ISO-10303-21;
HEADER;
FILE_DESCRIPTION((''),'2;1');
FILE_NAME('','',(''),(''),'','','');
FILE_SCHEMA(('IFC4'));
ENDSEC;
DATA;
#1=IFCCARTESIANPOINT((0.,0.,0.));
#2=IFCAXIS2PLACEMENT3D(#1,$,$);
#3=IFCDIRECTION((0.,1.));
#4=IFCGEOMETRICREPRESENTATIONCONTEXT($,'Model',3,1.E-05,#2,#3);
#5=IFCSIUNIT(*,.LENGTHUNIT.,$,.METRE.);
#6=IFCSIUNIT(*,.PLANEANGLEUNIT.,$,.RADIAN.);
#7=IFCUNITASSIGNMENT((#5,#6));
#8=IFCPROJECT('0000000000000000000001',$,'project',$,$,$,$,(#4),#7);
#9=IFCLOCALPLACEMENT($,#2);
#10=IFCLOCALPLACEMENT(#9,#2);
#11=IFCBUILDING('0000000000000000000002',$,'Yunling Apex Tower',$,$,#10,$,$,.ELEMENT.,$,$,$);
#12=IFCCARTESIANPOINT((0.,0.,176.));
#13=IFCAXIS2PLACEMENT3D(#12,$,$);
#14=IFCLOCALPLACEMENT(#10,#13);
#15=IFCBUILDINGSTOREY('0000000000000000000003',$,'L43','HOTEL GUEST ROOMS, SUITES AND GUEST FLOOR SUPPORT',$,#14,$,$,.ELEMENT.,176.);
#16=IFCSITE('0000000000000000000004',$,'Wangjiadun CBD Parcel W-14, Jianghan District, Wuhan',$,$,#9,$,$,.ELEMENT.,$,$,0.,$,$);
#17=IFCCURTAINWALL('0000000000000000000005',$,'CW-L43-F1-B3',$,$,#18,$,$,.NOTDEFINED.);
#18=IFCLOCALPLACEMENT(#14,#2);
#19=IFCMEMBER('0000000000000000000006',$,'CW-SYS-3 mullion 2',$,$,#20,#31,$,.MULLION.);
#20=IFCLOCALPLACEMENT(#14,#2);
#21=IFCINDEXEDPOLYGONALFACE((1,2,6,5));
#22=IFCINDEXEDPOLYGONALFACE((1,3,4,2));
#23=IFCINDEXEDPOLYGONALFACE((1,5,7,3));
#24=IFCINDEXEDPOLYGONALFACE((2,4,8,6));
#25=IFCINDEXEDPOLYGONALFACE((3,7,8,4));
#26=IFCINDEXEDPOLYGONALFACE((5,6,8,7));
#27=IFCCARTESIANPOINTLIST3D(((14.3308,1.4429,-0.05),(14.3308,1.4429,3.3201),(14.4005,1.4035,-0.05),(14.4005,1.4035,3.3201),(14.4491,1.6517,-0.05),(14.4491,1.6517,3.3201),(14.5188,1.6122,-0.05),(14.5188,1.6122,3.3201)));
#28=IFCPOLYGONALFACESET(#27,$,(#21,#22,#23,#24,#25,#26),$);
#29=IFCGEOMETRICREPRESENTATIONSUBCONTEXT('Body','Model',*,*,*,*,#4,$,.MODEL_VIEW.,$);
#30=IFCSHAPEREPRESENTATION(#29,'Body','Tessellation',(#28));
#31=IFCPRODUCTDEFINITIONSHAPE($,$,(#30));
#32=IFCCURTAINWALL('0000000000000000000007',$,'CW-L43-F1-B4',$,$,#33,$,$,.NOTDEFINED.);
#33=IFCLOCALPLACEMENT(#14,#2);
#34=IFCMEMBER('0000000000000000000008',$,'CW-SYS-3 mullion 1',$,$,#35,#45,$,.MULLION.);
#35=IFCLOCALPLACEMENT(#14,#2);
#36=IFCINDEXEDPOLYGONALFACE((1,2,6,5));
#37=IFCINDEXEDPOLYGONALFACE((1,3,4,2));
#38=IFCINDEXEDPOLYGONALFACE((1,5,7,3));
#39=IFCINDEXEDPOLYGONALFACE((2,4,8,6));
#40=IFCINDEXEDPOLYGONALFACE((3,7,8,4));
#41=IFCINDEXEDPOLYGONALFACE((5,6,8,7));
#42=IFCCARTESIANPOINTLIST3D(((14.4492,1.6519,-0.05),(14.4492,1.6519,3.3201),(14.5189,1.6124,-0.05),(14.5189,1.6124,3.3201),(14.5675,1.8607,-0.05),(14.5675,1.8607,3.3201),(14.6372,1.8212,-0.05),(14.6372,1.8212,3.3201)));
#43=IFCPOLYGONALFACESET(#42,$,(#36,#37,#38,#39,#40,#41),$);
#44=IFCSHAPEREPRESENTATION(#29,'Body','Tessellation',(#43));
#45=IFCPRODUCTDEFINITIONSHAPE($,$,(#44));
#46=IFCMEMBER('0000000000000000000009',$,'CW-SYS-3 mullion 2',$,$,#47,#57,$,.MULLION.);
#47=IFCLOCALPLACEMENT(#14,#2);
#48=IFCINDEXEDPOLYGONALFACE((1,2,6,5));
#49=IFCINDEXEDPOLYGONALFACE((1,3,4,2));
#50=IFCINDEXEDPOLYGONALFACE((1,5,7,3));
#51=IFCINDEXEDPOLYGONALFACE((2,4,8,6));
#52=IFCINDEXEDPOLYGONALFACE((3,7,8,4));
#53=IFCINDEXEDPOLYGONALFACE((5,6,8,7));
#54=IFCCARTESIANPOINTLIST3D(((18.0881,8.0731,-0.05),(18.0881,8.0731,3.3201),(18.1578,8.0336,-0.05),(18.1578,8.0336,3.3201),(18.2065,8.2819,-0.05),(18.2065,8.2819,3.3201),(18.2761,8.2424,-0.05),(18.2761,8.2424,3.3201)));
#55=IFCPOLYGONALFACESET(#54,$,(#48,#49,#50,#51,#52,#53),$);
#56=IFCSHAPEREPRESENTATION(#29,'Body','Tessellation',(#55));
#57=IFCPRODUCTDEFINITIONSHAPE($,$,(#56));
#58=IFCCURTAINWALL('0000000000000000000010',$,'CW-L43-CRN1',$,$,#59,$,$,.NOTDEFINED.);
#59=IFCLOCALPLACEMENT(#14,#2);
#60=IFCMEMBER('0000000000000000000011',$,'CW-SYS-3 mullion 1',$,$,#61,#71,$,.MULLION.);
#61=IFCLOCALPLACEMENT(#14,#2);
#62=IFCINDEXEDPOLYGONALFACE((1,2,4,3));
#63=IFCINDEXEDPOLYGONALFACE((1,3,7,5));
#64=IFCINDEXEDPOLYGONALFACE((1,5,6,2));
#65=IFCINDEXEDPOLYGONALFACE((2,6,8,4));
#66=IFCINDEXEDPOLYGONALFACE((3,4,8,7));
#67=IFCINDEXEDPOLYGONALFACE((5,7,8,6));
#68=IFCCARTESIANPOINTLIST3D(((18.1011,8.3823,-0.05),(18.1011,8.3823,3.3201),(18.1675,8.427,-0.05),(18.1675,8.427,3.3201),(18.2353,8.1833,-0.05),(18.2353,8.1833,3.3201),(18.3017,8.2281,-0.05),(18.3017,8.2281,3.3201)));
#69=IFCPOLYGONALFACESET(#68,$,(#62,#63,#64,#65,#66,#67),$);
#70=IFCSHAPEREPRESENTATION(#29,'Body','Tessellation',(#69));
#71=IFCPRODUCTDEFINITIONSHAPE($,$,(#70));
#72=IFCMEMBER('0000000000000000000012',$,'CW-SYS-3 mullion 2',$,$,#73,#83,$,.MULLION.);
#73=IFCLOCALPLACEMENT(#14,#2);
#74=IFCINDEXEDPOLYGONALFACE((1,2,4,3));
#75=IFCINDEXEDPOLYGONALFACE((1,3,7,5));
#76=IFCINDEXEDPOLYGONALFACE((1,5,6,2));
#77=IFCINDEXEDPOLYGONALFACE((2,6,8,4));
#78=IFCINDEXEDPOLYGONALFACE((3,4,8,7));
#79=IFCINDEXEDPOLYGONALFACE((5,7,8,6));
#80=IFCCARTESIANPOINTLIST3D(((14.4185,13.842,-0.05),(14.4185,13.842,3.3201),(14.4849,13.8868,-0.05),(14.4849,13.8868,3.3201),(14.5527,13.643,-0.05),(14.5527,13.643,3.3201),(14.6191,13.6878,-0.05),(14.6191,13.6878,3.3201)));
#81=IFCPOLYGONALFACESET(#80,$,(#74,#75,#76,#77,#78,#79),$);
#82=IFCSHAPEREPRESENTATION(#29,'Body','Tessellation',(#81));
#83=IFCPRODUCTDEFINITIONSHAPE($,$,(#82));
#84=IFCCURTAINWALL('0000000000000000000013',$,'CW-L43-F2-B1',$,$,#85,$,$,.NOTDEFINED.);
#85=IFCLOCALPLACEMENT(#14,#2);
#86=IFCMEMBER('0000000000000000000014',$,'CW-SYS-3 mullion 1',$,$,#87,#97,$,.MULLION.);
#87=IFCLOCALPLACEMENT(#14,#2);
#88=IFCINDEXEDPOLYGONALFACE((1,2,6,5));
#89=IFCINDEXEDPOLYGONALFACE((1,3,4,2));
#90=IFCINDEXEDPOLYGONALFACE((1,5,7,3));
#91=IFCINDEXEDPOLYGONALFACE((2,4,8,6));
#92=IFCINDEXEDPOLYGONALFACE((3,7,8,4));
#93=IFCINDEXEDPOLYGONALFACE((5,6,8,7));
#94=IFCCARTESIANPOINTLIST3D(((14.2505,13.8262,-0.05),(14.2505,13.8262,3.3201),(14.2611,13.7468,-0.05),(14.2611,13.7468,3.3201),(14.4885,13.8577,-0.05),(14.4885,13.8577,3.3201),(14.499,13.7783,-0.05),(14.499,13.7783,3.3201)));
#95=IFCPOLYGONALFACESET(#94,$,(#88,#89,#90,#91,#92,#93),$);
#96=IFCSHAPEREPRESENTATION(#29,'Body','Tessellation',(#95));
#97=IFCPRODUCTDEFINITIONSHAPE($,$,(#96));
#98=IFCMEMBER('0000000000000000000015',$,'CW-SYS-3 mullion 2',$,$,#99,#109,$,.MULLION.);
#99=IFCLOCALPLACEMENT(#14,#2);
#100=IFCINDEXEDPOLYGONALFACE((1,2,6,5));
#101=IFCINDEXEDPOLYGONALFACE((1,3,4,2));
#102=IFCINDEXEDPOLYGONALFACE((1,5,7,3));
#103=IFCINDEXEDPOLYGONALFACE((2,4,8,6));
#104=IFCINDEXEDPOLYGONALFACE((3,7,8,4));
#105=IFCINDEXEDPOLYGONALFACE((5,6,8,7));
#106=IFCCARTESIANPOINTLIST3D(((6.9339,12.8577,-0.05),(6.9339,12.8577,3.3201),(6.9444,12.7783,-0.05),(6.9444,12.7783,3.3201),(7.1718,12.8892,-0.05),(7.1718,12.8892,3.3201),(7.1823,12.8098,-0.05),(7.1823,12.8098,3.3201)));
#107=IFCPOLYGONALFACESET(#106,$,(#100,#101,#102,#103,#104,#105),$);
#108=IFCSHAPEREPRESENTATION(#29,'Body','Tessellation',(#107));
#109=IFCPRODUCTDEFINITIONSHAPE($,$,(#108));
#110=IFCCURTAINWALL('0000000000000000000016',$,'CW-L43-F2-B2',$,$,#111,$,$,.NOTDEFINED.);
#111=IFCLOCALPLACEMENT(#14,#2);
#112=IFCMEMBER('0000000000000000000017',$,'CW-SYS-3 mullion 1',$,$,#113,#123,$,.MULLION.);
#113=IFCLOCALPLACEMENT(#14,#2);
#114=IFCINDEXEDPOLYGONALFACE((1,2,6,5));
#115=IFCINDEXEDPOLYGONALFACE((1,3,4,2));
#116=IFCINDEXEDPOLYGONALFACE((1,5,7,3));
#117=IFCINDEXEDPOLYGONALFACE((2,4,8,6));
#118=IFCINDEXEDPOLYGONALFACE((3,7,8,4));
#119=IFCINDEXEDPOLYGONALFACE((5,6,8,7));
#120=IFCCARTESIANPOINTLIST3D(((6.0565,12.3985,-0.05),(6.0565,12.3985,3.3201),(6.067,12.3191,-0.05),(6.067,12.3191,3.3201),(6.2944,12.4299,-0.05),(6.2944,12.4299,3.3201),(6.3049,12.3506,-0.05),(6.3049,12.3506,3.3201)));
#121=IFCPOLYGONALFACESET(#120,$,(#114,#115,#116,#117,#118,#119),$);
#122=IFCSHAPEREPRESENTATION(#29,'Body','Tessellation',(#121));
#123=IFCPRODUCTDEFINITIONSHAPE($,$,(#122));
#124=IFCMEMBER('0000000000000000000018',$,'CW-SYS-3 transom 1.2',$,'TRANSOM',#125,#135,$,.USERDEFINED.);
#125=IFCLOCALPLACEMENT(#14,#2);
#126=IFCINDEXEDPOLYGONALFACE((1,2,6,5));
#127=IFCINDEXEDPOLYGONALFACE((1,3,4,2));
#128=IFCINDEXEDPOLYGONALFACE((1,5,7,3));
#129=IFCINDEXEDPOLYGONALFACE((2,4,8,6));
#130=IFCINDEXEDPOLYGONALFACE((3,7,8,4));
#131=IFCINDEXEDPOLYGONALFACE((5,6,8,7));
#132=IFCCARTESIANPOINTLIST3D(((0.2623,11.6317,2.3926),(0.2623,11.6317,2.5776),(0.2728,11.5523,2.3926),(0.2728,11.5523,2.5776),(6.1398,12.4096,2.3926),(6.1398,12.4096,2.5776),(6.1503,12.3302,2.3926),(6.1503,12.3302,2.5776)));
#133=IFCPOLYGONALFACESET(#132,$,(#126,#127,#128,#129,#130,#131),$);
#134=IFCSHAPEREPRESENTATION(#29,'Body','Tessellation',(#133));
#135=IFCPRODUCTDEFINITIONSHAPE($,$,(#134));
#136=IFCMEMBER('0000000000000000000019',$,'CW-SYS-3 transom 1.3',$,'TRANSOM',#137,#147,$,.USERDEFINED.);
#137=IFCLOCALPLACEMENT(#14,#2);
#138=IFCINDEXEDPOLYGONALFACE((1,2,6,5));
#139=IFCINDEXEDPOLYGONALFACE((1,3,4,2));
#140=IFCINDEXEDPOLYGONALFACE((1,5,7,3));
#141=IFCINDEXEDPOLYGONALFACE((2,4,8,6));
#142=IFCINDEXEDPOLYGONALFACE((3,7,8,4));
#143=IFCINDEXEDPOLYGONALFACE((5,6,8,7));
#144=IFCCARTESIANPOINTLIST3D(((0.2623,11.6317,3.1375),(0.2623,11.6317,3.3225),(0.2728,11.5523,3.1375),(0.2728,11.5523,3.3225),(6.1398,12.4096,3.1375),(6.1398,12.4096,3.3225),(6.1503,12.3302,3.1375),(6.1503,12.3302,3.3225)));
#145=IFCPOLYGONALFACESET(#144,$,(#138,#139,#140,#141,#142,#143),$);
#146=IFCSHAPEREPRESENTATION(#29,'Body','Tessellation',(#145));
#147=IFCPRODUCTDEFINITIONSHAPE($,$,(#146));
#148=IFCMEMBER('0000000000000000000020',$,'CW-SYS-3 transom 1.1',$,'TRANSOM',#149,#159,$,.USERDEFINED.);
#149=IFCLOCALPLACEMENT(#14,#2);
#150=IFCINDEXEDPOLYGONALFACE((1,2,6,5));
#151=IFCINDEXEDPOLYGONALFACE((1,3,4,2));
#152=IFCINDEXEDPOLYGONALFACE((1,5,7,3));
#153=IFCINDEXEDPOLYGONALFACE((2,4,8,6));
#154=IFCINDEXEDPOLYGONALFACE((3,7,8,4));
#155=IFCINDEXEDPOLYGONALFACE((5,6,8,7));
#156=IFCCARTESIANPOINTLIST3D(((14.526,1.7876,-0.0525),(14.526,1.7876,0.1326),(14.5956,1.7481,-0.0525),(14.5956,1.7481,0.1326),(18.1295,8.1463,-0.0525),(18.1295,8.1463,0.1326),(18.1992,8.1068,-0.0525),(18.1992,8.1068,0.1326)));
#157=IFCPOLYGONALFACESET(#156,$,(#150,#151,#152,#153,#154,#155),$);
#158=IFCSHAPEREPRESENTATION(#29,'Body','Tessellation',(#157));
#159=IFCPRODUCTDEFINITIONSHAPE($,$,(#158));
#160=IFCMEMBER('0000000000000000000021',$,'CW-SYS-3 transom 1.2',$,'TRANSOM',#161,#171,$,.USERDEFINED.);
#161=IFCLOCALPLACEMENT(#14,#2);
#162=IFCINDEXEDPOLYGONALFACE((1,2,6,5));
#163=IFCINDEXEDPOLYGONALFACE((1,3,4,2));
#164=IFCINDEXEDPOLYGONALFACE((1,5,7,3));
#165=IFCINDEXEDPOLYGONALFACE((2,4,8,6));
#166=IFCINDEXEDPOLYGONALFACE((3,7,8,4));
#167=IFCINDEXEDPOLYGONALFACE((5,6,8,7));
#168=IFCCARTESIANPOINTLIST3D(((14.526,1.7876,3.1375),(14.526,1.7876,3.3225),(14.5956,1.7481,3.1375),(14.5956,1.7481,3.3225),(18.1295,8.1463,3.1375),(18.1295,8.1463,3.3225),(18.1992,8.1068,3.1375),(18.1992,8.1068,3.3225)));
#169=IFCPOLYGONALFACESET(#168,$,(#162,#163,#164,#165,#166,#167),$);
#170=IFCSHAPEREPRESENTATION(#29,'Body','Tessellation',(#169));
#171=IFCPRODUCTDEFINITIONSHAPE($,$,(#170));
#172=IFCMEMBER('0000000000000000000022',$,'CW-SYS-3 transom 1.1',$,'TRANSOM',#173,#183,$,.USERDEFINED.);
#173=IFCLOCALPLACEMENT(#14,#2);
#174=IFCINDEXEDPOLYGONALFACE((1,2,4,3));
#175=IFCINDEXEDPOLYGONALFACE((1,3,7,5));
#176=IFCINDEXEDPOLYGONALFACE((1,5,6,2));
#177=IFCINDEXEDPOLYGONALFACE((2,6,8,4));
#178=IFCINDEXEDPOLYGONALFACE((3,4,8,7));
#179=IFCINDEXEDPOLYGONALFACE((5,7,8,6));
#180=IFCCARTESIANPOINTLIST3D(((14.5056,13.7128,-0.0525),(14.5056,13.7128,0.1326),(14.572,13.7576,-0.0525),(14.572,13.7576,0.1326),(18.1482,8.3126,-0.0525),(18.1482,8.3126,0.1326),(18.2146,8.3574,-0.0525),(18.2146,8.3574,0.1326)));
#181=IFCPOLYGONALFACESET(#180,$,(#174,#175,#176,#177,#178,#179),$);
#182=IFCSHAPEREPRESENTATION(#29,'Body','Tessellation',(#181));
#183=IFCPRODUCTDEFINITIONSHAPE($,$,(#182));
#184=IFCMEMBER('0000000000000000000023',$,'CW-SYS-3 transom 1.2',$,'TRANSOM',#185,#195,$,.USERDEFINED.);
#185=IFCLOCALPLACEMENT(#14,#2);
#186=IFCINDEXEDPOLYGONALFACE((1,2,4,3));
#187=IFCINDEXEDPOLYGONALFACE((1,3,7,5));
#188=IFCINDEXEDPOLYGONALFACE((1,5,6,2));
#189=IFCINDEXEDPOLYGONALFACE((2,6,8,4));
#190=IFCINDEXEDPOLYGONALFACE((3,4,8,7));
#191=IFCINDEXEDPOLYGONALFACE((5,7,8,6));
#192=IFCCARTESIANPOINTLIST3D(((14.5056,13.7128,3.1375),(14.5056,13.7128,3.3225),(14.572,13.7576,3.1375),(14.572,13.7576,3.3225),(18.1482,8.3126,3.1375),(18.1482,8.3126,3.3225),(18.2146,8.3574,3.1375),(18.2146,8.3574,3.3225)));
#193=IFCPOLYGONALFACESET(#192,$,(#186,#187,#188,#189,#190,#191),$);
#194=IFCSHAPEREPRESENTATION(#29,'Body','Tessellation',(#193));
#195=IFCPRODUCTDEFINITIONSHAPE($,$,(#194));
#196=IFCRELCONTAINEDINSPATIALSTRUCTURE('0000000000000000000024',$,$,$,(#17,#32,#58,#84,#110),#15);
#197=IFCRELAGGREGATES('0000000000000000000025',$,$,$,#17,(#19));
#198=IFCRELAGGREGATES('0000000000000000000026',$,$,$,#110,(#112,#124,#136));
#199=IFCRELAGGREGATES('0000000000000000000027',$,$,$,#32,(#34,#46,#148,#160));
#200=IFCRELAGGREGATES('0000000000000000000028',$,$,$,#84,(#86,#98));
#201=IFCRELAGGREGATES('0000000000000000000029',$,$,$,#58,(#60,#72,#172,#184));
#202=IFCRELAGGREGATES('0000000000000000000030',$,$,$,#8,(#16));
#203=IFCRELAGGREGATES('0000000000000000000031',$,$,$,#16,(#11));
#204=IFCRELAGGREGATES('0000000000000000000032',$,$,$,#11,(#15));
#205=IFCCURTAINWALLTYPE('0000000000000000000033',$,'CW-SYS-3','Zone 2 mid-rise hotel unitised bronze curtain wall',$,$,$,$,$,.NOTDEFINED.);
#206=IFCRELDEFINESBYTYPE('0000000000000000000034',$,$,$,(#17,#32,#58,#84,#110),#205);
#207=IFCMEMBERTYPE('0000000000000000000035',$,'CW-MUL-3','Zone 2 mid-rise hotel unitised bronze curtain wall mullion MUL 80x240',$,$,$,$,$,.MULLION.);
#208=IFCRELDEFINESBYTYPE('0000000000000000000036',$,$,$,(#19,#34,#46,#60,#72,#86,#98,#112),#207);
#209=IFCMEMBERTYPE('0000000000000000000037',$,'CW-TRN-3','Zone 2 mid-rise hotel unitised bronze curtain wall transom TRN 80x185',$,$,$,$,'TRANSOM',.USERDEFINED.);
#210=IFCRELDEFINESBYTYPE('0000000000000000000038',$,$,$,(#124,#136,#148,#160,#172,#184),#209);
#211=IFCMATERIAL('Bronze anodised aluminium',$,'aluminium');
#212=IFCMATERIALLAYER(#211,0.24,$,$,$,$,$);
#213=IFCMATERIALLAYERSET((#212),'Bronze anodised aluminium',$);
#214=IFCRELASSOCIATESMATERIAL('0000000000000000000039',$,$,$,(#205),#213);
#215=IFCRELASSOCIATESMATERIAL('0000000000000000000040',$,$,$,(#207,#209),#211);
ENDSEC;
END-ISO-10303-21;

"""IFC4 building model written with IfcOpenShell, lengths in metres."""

from ifc_helpers import new_model, si_unit, direction, frame, origin, origin_2d, place, context, subcontext, project, spatial, rectangle, extrude, source, transform, mapped, material, layer, layer_set, material_profile, profile_set, type_object, element, aggregate, save


model = new_model("IFC4")

# Units and contexts
model_context = context("Model", 3, precision=1e-05, world=origin(), true_north=direction((0.0, 1.0)))
body_context = subcontext(model_context, "Body", "Model", "MODEL_VIEW")
ifc_project = project(units=[si_unit("LENGTHUNIT", "METRE"), si_unit("PLANEANGLEUNIT", "RADIAN")], contexts=[model_context])

# Site, building, storey
site_placement = place(None, origin())
site = spatial("IfcSite", under=ifc_project, at=site_placement, Name="Wangjiadun CBD Parcel W-14, Jianghan District, Wuhan", CompositionType="ELEMENT", RefElevation=0.0)
building_placement = place(site_placement, origin())
building = spatial("IfcBuilding", under=site, at=building_placement, Name="Yunling Apex Tower", CompositionType="ELEMENT")
storey_placement = place(building_placement, frame((0.0, 0.0, 176.0)))
storey = spatial("IfcBuildingStorey", under=building, at=storey_placement, Name="L43", Description="HOTEL GUEST ROOMS, SUITES AND GUEST FLOOR SUPPORT", CompositionType="ELEMENT", Elevation=176.0)

# Curtain wall, member
ifc_material_1 = material(Name="Bronze anodised aluminium", Category="aluminium")
ifc_layer_1 = layer(ifc_material_1, 0.24)
ifc_layer_set_1 = layer_set([ifc_layer_1], Name="Bronze anodised aluminium")
curtain_wall_type = type_object("IfcCurtainWallType", Name="CW-SYS-3", Description="Zone 2 mid-rise hotel unitised bronze curtain wall", PredefinedType="NOTDEFINED", material=ifc_layer_set_1)
curtain_wall_1_placement = place(storey_placement, origin())
curtain_wall_1 = element("IfcCurtainWall", 1, at=curtain_wall_1_placement, inside=storey, type_object=curtain_wall_type, Name="CW-L43-F1-B3", PredefinedType="NOTDEFINED")
ifc_material_profile_1 = material_profile(ifc_material_1, rectangle(XDim=0.0801, YDim=0.24, at=origin_2d()))
ifc_profile_set_1 = profile_set([ifc_material_profile_1], Name="Bronze anodised aluminium")
member_type_1 = type_object("IfcMemberType", Name="CW-MUL-3", Description="Zone 2 mid-rise hotel unitised bronze curtain wall mullion MUL 80x240", PredefinedType="MULLION", material=ifc_profile_set_1)
shared_shape_1 = source(origin(), body_context, "Body", "SweptSolid", [
    extrude(rectangle(XDim=0.0801, YDim=0.24, at=origin_2d()), origin(), (0.0, 0.0, 1.0), 3.3701),
])
member_1_placement = place(storey_placement, frame((14.4248, 1.5276, -0.05), z_axis=(0.0, 0.0, 1.0), x_axis=(-0.870009, 0.493035, 0.0)))
member_1 = element("IfcMember", 2, at=member_1_placement, type_object=member_type_1, Name="CW-SYS-3 mullion 2", PredefinedType="MULLION", context=body_context, shape_type="MappedRepresentation", body=[
    mapped(shared_shape_1, transform((0.0, 0.0, 0.0), scale=1.0)),
])
aggregate(curtain_wall_1, [member_1])

# Curtain walls, members
curtain_wall_2_placement = place(storey_placement, origin())
curtain_wall_2 = element("IfcCurtainWall", 3, at=curtain_wall_2_placement, inside=storey, type_object=curtain_wall_type, Name="CW-L43-F1-B4", PredefinedType="NOTDEFINED")
member_2_placement = place(storey_placement, frame((14.5432, 1.7366, -0.05), z_axis=(0.0, 0.0, 1.0), x_axis=(-0.870006, 0.493041, 0.0)))
member_2 = element("IfcMember", 4, at=member_2_placement, type_object=member_type_1, Name="CW-SYS-3 mullion 1", PredefinedType="MULLION", context=body_context, shape_type="MappedRepresentation", body=[
    mapped(shared_shape_1, transform((0.0, 0.0, 0.0), scale=1.0)),
])
member_3_placement = place(storey_placement, frame((18.1821, 8.1577, -0.05), z_axis=(0.0, 0.0, 1.0), x_axis=(-0.870006, 0.493041, 0.0)))
member_3 = element("IfcMember", 5, at=member_3_placement, type_object=member_type_1, Name="CW-SYS-3 mullion 2", PredefinedType="MULLION", context=body_context, shape_type="MappedRepresentation", body=[
    mapped(shared_shape_1, transform((0.0, 0.0, 0.0), scale=1.0)),
])
curtain_wall_3_placement = place(storey_placement, origin())
curtain_wall_3 = element("IfcCurtainWall", 6, at=curtain_wall_3_placement, inside=storey, type_object=curtain_wall_type, Name="CW-L43-CRN1", PredefinedType="NOTDEFINED")
member_4_placement = place(storey_placement, frame((18.2014, 8.3052, -0.05), z_axis=(0.0, 0.0, 1.0), x_axis=(-0.829038, -0.559193, 0.0)))
member_4 = element("IfcMember", 7, at=member_4_placement, type_object=member_type_1, Name="CW-SYS-3 mullion 1", PredefinedType="MULLION", context=body_context, shape_type="MappedRepresentation", body=[
    mapped(shared_shape_1, transform((0.0, 0.0, 0.0), scale=1.0)),
])
member_5_placement = place(storey_placement, frame((14.5188, 13.7649, -0.05), z_axis=(0.0, 0.0, 1.0), x_axis=(-0.829038, -0.559193, 0.0)))
member_5 = element("IfcMember", 8, at=member_5_placement, type_object=member_type_1, Name="CW-SYS-3 mullion 2", PredefinedType="MULLION", context=body_context, shape_type="MappedRepresentation", body=[
    mapped(shared_shape_1, transform((0.0, 0.0, 0.0), scale=1.0)),
])
curtain_wall_4_placement = place(storey_placement, origin())
curtain_wall_4 = element("IfcCurtainWall", 9, at=curtain_wall_4_placement, inside=storey, type_object=curtain_wall_type, Name="CW-L43-F2-B1", PredefinedType="NOTDEFINED")
member_6_placement = place(storey_placement, frame((14.3748, 13.8022, -0.05), z_axis=(0.0, 0.0, 1.0), x_axis=(0.131222, -0.991353, 0.0)))
member_6 = element("IfcMember", 10, at=member_6_placement, type_object=member_type_1, Name="CW-SYS-3 mullion 1", PredefinedType="MULLION", context=body_context, shape_type="MappedRepresentation", body=[
    mapped(shared_shape_1, transform((0.0, 0.0, 0.0), scale=1.0)),
])
member_7_placement = place(storey_placement, frame((7.0581, 12.8337, -0.05), z_axis=(0.0, 0.0, 1.0), x_axis=(0.131222, -0.991353, 0.0)))
member_7 = element("IfcMember", 11, at=member_7_placement, type_object=member_type_1, Name="CW-SYS-3 mullion 2", PredefinedType="MULLION", context=body_context, shape_type="MappedRepresentation", body=[
    mapped(shared_shape_1, transform((0.0, 0.0, 0.0), scale=1.0)),
])
curtain_wall_5_placement = place(storey_placement, origin())
curtain_wall_5 = element("IfcCurtainWall", 12, at=curtain_wall_5_placement, inside=storey, type_object=curtain_wall_type, Name="CW-L43-F2-B2", PredefinedType="NOTDEFINED")
member_8_placement = place(storey_placement, frame((6.1807, 12.3745, -0.05), z_axis=(0.0, 0.0, 1.0), x_axis=(0.131205, -0.991355, 0.0)))
member_8 = element("IfcMember", 13, at=member_8_placement, type_object=member_type_1, Name="CW-SYS-3 mullion 1", PredefinedType="MULLION", context=body_context, shape_type="MappedRepresentation", body=[
    mapped(shared_shape_1, transform((0.0, 0.0, 0.0), scale=1.0)),
])
ifc_material_profile_2 = material_profile(ifc_material_1, rectangle(XDim=0.0801, YDim=0.1851, at=origin_2d()))
ifc_profile_set_2 = profile_set([ifc_material_profile_2], Name="Bronze anodised aluminium")
member_type_2 = type_object("IfcMemberType", Name="CW-TRN-3", Description="Zone 2 mid-rise hotel unitised bronze curtain wall transom TRN 80x185", ElementType="TRANSOM", PredefinedType="USERDEFINED", material=ifc_profile_set_2)
shared_shape_2 = source(origin(), body_context, "Body", "SweptSolid", [
    extrude(rectangle(XDim=0.0801, YDim=0.1851, at=origin_2d()), origin(), (0.0, 0.0, 1.0), 5.9287),
])
member_9_placement = place(storey_placement, frame((6.145, 12.3699, 2.4851), z_axis=(-0.991356, -0.131198, 0.0), x_axis=(0.131198, -0.991356, 0.0)))
member_9 = element("IfcMember", 14, at=member_9_placement, type_object=member_type_2, Name="CW-SYS-3 transom 1.2", ObjectType="TRANSOM", PredefinedType="USERDEFINED", context=body_context, shape_type="MappedRepresentation", body=[
    mapped(shared_shape_2, transform((0.0, 0.0, 0.0), scale=1.0)),
])
member_10_placement = place(storey_placement, frame((6.145, 12.3699, 3.23), z_axis=(-0.991356, -0.131198, 0.0), x_axis=(0.131198, -0.991356, 0.0)))
member_10 = element("IfcMember", 15, at=member_10_placement, type_object=member_type_2, Name="CW-SYS-3 transom 1.3", ObjectType="TRANSOM", PredefinedType="USERDEFINED", context=body_context, shape_type="MappedRepresentation", body=[
    mapped(shared_shape_2, transform((0.0, 0.0, 0.0), scale=1.0)),
])
aggregate(curtain_wall_5, [member_8, member_9, member_10])

# Members
shared_shape_3 = source(origin(), body_context, "Body", "SweptSolid", [
    extrude(rectangle(XDim=0.0801, YDim=0.1851, at=origin_2d()), origin(), (0.0, 0.0, 1.0), 7.3088),
])
member_11_placement = place(storey_placement, frame((14.5608, 1.7678, 0.04), z_axis=(0.493042, 0.870005, 0.0), x_axis=(-0.870005, 0.493042, 0.0)))
member_11 = element("IfcMember", 16, at=member_11_placement, type_object=member_type_2, Name="CW-SYS-3 transom 1.1", ObjectType="TRANSOM", PredefinedType="USERDEFINED", context=body_context, shape_type="MappedRepresentation", body=[
    mapped(shared_shape_3, transform((0.0, 0.0, 0.0), scale=1.0)),
])
member_12_placement = place(storey_placement, frame((14.5608, 1.7678, 3.23), z_axis=(0.493042, 0.870005, 0.0), x_axis=(-0.870005, 0.493042, 0.0)))
member_12 = element("IfcMember", 17, at=member_12_placement, type_object=member_type_2, Name="CW-SYS-3 transom 1.2", ObjectType="TRANSOM", PredefinedType="USERDEFINED", context=body_context, shape_type="MappedRepresentation", body=[
    mapped(shared_shape_3, transform((0.0, 0.0, 0.0), scale=1.0)),
])
shared_shape_4 = source(origin(), body_context, "Body", "SweptSolid", [
    extrude(rectangle(XDim=0.0801, YDim=0.1851, at=origin_2d()), origin(), (0.0, 0.0, 1.0), 6.5139),
])
member_13_placement = place(storey_placement, frame((18.1814, 8.335, 0.04), z_axis=(-0.559207, 0.829028, 0.0), x_axis=(-0.829028, -0.559207, 0.0)))
member_13 = element("IfcMember", 18, at=member_13_placement, type_object=member_type_2, Name="CW-SYS-3 transom 1.1", ObjectType="TRANSOM", PredefinedType="USERDEFINED", context=body_context, shape_type="MappedRepresentation", body=[
    mapped(shared_shape_4, transform((0.0, 0.0, 0.0), scale=1.0)),
])
member_14_placement = place(storey_placement, frame((18.1814, 8.335, 3.23), z_axis=(-0.559207, 0.829028, 0.0), x_axis=(-0.829028, -0.559207, 0.0)))
member_14 = element("IfcMember", 19, at=member_14_placement, type_object=member_type_2, Name="CW-SYS-3 transom 1.2", ObjectType="TRANSOM", PredefinedType="USERDEFINED", context=body_context, shape_type="MappedRepresentation", body=[
    mapped(shared_shape_4, transform((0.0, 0.0, 0.0), scale=1.0)),
])

aggregate(curtain_wall_2, [member_2, member_3, member_11, member_12])
aggregate(curtain_wall_4, [member_6, member_7])
aggregate(curtain_wall_3, [member_4, member_5, member_13, member_14])

save(model, "model.ifc")
